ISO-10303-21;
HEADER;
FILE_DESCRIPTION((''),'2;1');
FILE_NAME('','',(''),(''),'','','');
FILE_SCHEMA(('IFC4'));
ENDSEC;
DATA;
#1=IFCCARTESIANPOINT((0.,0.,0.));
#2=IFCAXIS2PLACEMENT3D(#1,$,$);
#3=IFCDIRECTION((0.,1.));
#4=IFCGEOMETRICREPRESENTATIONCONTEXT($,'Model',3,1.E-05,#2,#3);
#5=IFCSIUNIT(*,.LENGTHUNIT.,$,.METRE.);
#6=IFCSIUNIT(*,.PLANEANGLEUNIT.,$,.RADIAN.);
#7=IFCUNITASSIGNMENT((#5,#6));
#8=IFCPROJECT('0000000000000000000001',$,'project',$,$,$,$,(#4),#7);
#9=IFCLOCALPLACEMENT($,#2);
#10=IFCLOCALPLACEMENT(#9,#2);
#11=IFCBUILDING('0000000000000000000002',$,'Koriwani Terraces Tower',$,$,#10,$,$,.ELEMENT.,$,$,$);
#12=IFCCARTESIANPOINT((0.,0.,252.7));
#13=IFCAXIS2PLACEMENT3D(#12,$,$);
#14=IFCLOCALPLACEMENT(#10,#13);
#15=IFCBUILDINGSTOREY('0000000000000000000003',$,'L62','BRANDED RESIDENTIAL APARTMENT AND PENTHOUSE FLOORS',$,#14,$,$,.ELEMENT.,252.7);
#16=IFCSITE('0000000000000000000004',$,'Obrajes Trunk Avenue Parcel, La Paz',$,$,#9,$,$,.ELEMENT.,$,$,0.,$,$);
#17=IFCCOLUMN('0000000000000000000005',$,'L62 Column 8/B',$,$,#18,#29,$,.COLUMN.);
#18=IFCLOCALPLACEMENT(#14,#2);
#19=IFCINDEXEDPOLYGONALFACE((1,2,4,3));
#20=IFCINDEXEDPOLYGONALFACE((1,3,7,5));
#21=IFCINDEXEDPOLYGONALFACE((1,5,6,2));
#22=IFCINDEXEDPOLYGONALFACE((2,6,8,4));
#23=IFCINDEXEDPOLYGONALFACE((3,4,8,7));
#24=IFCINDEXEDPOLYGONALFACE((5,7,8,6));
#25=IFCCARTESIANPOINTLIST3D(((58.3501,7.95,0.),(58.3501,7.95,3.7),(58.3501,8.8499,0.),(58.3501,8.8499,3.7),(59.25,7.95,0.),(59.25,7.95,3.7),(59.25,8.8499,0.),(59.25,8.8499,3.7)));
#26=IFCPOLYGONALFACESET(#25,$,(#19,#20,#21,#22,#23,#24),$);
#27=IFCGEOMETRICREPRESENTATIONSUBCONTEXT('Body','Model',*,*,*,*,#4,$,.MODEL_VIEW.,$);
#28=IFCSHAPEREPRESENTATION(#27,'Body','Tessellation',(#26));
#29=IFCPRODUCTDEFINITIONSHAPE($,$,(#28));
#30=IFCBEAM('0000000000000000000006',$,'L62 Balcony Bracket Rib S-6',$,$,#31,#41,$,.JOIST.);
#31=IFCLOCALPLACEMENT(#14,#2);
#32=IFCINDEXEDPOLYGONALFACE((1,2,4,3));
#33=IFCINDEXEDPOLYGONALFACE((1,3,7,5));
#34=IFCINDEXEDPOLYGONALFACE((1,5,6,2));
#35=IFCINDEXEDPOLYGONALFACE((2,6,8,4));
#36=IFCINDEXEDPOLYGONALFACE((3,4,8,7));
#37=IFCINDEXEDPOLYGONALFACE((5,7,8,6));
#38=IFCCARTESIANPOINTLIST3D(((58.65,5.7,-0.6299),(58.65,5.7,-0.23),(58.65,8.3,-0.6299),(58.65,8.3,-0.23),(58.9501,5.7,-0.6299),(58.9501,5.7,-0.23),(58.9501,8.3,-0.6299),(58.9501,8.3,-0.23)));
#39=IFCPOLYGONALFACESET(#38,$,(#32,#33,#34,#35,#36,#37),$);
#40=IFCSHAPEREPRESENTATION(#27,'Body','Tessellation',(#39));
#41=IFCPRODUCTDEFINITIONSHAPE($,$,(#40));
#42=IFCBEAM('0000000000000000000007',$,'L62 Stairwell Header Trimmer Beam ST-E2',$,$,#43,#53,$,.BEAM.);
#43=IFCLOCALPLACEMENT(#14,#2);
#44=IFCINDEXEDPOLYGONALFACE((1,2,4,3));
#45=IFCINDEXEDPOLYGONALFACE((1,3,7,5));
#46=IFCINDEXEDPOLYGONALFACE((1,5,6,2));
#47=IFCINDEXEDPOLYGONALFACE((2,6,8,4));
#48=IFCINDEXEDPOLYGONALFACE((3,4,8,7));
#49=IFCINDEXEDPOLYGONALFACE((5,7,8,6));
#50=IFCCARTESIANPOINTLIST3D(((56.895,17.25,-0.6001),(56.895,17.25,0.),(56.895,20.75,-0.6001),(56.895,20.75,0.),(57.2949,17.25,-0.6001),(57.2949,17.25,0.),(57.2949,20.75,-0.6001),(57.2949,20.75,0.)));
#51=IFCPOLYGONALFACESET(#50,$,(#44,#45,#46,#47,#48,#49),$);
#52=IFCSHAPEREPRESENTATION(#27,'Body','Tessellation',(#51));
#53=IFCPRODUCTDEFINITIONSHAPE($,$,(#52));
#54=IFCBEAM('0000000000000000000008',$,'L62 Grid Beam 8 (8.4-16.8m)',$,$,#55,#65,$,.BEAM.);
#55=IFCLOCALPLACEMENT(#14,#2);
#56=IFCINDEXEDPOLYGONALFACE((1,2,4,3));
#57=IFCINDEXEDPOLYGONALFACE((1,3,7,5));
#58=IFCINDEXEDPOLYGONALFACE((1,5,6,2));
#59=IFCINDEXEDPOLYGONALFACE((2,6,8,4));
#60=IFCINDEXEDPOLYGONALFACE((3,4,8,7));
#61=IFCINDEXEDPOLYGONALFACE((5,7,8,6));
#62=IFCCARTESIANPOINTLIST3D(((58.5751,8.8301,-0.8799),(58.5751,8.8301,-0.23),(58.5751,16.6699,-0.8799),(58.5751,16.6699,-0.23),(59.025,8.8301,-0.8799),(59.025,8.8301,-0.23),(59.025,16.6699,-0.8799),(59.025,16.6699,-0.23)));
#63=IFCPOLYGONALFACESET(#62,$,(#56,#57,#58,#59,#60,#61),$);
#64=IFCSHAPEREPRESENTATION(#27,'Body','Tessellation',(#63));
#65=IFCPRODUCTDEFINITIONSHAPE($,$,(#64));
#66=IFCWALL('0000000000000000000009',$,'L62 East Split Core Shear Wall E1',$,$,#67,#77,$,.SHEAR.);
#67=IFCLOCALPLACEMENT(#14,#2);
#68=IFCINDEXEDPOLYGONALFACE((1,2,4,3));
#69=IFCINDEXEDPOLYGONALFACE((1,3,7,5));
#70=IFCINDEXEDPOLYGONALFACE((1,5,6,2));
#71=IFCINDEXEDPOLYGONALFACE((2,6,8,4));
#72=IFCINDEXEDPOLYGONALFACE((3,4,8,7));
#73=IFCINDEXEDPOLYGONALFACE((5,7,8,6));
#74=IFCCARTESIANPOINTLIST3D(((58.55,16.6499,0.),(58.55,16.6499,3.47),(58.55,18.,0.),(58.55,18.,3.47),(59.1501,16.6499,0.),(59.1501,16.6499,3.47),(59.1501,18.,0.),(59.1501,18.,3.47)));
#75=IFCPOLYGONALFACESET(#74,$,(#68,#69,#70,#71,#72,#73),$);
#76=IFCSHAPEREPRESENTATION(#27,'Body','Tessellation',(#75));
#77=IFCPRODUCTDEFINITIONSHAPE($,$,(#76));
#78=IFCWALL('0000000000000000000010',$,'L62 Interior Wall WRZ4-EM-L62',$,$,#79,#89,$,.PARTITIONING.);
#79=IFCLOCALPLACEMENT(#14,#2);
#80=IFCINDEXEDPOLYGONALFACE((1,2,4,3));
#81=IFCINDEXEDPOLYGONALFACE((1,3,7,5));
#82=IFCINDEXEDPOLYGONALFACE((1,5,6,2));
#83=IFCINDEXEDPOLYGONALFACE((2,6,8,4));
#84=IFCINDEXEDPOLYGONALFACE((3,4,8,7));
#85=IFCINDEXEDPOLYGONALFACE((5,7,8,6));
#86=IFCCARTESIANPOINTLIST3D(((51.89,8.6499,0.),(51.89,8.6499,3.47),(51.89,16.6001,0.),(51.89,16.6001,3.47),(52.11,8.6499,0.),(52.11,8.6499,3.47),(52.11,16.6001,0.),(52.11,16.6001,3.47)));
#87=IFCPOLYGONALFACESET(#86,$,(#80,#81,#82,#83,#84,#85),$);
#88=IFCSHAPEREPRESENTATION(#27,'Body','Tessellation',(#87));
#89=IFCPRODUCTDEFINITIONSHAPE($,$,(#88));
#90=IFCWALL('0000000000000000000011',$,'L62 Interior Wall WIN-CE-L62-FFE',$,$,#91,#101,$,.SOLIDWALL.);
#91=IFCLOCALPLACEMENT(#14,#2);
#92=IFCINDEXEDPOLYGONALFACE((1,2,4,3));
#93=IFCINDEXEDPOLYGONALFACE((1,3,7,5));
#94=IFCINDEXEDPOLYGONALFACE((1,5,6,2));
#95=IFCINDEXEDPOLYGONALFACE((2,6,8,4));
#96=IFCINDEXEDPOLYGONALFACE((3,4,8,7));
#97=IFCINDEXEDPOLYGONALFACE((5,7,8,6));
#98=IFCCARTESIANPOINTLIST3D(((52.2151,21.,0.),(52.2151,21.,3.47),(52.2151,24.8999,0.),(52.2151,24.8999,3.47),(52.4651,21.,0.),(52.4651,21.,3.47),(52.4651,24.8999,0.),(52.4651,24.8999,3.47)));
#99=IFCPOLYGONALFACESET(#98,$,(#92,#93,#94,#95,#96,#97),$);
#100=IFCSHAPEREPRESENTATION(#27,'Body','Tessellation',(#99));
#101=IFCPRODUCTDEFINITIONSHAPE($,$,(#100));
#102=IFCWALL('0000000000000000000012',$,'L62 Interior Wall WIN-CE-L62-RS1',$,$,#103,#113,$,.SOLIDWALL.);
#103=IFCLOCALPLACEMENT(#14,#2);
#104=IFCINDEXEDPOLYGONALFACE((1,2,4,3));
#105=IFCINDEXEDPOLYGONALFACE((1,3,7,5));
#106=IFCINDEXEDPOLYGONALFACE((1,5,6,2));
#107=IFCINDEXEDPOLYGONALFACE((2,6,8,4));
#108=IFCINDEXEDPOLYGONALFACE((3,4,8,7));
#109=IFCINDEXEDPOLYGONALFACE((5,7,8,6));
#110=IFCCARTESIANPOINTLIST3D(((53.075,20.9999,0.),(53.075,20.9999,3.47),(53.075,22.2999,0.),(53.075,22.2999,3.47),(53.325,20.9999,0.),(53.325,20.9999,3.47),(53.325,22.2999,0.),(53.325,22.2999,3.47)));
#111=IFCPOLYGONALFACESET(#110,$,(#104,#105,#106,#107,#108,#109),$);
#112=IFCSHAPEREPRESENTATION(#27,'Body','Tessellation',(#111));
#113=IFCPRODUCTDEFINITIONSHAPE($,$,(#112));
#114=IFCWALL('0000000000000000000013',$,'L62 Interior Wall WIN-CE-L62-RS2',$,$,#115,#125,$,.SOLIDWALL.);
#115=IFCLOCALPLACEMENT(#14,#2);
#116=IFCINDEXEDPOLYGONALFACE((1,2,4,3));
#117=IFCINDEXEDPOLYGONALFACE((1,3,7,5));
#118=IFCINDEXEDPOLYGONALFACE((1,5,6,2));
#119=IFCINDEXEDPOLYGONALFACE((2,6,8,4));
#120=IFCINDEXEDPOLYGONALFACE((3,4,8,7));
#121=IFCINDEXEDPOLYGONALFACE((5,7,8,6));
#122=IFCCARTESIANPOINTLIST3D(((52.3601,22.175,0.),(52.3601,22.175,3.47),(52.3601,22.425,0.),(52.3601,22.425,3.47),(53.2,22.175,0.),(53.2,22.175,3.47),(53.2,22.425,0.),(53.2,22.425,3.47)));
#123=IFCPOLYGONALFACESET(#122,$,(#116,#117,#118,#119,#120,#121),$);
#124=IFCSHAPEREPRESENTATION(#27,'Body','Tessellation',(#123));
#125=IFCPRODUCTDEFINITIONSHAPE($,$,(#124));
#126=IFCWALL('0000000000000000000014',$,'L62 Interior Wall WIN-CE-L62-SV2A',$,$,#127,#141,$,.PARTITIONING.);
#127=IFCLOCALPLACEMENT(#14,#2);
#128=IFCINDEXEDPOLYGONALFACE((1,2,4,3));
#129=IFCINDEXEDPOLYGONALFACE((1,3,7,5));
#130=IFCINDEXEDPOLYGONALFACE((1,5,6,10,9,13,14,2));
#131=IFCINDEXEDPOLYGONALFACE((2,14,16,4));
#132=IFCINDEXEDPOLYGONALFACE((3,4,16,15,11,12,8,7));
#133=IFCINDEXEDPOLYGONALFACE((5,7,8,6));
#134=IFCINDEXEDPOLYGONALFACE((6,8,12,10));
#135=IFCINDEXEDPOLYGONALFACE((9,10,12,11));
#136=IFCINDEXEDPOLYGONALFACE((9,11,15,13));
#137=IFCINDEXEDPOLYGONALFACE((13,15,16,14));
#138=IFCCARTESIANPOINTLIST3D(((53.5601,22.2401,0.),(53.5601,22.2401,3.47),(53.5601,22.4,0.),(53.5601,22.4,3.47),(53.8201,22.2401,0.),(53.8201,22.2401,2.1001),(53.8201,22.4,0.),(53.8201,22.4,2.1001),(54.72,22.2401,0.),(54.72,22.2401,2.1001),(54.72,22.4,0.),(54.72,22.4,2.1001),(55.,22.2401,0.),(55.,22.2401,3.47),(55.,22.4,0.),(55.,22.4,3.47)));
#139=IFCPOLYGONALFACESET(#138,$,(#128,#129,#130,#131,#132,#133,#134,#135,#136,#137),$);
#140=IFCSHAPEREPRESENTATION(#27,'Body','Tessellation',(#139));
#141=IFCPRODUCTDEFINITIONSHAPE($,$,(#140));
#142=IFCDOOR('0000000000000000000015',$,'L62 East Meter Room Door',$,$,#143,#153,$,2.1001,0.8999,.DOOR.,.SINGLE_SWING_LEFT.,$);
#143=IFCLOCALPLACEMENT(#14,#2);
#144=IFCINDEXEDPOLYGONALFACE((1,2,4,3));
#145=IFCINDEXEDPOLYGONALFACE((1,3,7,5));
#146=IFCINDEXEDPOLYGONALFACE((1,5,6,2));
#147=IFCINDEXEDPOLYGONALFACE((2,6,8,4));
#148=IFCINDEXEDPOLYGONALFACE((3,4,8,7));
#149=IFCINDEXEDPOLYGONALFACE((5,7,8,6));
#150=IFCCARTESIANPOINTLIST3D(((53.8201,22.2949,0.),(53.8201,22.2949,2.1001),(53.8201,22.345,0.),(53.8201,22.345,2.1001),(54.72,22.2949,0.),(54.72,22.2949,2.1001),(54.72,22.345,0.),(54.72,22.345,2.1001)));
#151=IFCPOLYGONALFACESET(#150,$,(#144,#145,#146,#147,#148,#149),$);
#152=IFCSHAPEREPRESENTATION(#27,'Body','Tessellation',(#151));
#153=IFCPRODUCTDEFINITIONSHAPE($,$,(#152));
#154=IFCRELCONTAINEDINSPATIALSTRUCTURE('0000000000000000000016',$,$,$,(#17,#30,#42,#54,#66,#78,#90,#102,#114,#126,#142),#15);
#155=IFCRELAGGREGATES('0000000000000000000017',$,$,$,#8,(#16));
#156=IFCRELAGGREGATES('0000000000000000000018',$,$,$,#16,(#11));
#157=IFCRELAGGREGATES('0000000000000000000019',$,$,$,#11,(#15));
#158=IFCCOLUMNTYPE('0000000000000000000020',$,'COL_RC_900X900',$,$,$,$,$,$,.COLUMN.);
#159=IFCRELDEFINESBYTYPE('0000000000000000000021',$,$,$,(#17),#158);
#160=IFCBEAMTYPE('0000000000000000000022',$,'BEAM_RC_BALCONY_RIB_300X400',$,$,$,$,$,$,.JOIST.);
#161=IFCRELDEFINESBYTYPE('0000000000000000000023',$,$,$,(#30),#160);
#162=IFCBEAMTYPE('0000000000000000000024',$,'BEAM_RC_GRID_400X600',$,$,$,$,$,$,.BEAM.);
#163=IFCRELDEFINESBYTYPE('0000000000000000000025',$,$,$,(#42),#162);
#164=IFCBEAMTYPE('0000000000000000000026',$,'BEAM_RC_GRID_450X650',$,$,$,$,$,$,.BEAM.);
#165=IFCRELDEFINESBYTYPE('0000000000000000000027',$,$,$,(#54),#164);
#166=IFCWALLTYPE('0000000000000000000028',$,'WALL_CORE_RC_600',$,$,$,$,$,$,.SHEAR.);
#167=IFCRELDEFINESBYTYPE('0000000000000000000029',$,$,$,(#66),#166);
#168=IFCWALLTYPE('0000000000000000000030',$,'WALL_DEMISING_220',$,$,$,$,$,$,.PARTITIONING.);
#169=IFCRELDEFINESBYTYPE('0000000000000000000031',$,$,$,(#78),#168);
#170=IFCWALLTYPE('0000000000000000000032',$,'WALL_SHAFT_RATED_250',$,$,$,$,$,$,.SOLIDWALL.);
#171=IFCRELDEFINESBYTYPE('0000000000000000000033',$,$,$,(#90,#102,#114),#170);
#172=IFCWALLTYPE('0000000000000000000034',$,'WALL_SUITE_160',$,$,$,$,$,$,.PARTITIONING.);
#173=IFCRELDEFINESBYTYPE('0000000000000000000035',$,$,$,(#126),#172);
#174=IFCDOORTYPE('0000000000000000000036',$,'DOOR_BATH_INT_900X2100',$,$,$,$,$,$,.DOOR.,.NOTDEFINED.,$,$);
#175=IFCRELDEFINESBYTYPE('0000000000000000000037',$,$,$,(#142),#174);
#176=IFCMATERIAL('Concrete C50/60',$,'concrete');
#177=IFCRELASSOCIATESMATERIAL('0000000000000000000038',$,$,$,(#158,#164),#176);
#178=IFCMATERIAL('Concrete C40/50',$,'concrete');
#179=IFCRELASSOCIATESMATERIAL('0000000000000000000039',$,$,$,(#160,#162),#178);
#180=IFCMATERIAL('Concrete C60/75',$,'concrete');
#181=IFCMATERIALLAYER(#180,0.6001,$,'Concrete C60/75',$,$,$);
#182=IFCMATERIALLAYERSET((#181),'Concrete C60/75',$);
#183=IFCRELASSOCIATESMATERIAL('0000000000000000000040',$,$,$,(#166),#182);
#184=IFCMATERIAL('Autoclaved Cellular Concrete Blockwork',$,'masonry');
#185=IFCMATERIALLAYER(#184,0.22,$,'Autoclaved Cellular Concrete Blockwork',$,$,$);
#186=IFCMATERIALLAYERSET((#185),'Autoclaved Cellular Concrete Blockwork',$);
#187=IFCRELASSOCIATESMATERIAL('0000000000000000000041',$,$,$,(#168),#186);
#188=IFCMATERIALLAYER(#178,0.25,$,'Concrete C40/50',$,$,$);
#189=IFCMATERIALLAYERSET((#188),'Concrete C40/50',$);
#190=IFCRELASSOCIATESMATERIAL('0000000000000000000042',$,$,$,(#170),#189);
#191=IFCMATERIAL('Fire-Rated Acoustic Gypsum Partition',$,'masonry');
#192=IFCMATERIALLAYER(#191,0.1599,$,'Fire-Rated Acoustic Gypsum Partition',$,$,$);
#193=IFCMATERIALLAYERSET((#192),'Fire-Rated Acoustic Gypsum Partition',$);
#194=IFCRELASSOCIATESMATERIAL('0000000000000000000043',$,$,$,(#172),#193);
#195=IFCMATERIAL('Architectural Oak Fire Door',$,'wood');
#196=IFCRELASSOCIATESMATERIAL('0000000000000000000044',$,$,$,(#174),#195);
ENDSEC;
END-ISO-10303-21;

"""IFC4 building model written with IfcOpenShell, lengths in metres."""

from ifc_helpers import new_model, si_unit, direction, frame, frame_2d, origin, origin_2d, place, context, subcontext, project, spatial, rectangle, extrude, material, layer, layer_set, material_profile, profile_set, type_object, element, fill, save


model = new_model("IFC4")

# Units and contexts
model_context = context("Model", 3, precision=1e-05, world=origin(), true_north=direction((0.0, 1.0)))
body_context = subcontext(model_context, "Body", "Model", "MODEL_VIEW")
ifc_project = project(units=[si_unit("LENGTHUNIT", "METRE"), si_unit("PLANEANGLEUNIT", "RADIAN")], contexts=[model_context])

# Site, building, storey
site_placement = place(None, origin())
site = spatial("IfcSite", under=ifc_project, at=site_placement, Name="Obrajes Trunk Avenue Parcel, La Paz", CompositionType="ELEMENT", RefElevation=0.0)
building_placement = place(site_placement, origin())
building = spatial("IfcBuilding", under=site, at=building_placement, Name="Koriwani Terraces Tower", CompositionType="ELEMENT")
storey_placement = place(building_placement, frame((0.0, 0.0, 252.7)))
storey = spatial("IfcBuildingStorey", under=building, at=storey_placement, Name="L62", Description="BRANDED RESIDENTIAL APARTMENT AND PENTHOUSE FLOORS", CompositionType="ELEMENT", Elevation=252.7)

# Column
ifc_material_1 = material(Name="Concrete C50/60", Category="concrete")
ifc_material_profile_1 = material_profile(ifc_material_1, rectangle(XDim=0.8999, YDim=0.8999, at=origin_2d()), Name="Concrete C50/60", Category="LoadBearing")
ifc_profile_set_1 = profile_set([ifc_material_profile_1], Name="Concrete C50/60")
column_type = type_object("IfcColumnType", Name="COL_RC_900X900", PredefinedType="COLUMN", material=ifc_profile_set_1)
column_placement = place(storey_placement, frame((58.8, 8.3999, 0.0), z_axis=(0.0, 0.0, 1.0), x_axis=(1.0, 0.0, 0.0)))
element("IfcColumn", 1, at=column_placement, inside=storey, type_object=column_type, Name="L62 Column 8/B", PredefinedType="COLUMN", context=body_context, shape_type="SweptSolid", body=[
    extrude(rectangle(XDim=0.8999, YDim=0.8999, at=origin_2d()), origin(), (0.0, 0.0, 1.0), 3.7),
])

# Beams
ifc_material_2 = material(Name="Concrete C40/50", Category="concrete")
ifc_material_profile_2 = material_profile(ifc_material_2, rectangle(XDim=0.3, YDim=0.3999, at=origin_2d()), Name="Concrete C40/50", Category="LoadBearing")
ifc_profile_set_2 = profile_set([ifc_material_profile_2], Name="Concrete C40/50")
beam_type_1 = type_object("IfcBeamType", Name="BEAM_RC_BALCONY_RIB_300X400", PredefinedType="JOIST", material=ifc_profile_set_2)
beam_1_placement = place(storey_placement, frame((58.8, 5.7, -0.4299), z_axis=(0.0, 1.0, 0.0), x_axis=(-1.0, 0.0, 0.0)))
element("IfcBeam", 2, at=beam_1_placement, inside=storey, type_object=beam_type_1, Name="L62 Balcony Bracket Rib S-6", PredefinedType="JOIST", context=body_context, shape_type="SweptSolid", body=[
    extrude(rectangle(XDim=0.3, YDim=0.3999, at=origin_2d()), origin(), (0.0, 0.0, 1.0), 2.6001),
])
ifc_material_profile_3 = material_profile(ifc_material_2, rectangle(XDim=0.3999, YDim=0.6001, at=origin_2d()), Name="Concrete C40/50", Category="LoadBearing")
ifc_profile_set_3 = profile_set([ifc_material_profile_3], Name="Concrete C40/50")
beam_type_2 = type_object("IfcBeamType", Name="BEAM_RC_GRID_400X600", PredefinedType="BEAM", material=ifc_profile_set_3)
beam_2_placement = place(storey_placement, frame((57.095, 17.25, -0.3), z_axis=(0.0, 1.0, 0.0), x_axis=(-1.0, 0.0, 0.0)))
element("IfcBeam", 3, at=beam_2_placement, inside=storey, type_object=beam_type_2, Name="L62 Stairwell Header Trimmer Beam ST-E2", PredefinedType="BEAM", context=body_context, shape_type="SweptSolid", body=[
    extrude(rectangle(XDim=0.3999, YDim=0.6001, at=origin_2d()), origin(), (0.0, 0.0, 1.0), 3.5),
])
ifc_material_profile_4 = material_profile(ifc_material_1, rectangle(XDim=0.45, YDim=0.6499, at=origin_2d()), Name="Concrete C50/60", Category="LoadBearing")
ifc_profile_set_4 = profile_set([ifc_material_profile_4], Name="Concrete C50/60")
beam_type_3 = type_object("IfcBeamType", Name="BEAM_RC_GRID_450X650", PredefinedType="BEAM", material=ifc_profile_set_4)
beam_3_placement = place(storey_placement, frame((58.8, 8.8301, -0.5549), z_axis=(0.0, 1.0, 0.0), x_axis=(-1.0, 0.0, 0.0)))
element("IfcBeam", 4, at=beam_3_placement, inside=storey, type_object=beam_type_3, Name="L62 Grid Beam 8 (8.4-16.8m)", PredefinedType="BEAM", context=body_context, shape_type="SweptSolid", body=[
    extrude(rectangle(XDim=0.45, YDim=0.6499, at=origin_2d()), origin(), (0.0, 0.0, 1.0), 7.8398),
])

# Walls
ifc_material_3 = material(Name="Concrete C60/75", Category="concrete")
ifc_layer_1 = layer(ifc_material_3, 0.6001, Name="Concrete C60/75")
ifc_layer_set_1 = layer_set([ifc_layer_1], Name="Concrete C60/75")
wall_type_1 = type_object("IfcWallType", Name="WALL_CORE_RC_600", PredefinedType="SHEAR", material=ifc_layer_set_1)
wall_1_placement = place(storey_placement, frame((58.8501, 16.6499, 0.0), z_axis=(0.0, 0.0, 1.0), x_axis=(0.0, 1.0, 0.0)))
element("IfcWall", 5, at=wall_1_placement, inside=storey, type_object=wall_type_1, Name="L62 East Split Core Shear Wall E1", PredefinedType="SHEAR", context=body_context, shape_type="SweptSolid", body=[
    extrude(rectangle(XDim=1.3501, YDim=0.6001, at=frame_2d((0.675, 0.0))), origin(), (0.0, 0.0, 1.0), 3.47),
])
ifc_material_4 = material(Name="Autoclaved Cellular Concrete Blockwork", Category="masonry")
ifc_layer_2 = layer(ifc_material_4, 0.22, Name="Autoclaved Cellular Concrete Blockwork")
ifc_layer_set_2 = layer_set([ifc_layer_2], Name="Autoclaved Cellular Concrete Blockwork")
wall_type_2 = type_object("IfcWallType", Name="WALL_DEMISING_220", PredefinedType="PARTITIONING", material=ifc_layer_set_2)
wall_2_placement = place(storey_placement, frame((52.0, 8.6499, 0.0), z_axis=(0.0, 0.0, 1.0), x_axis=(0.0, 1.0, 0.0)))
element("IfcWall", 6, at=wall_2_placement, inside=storey, type_object=wall_type_2, Name="L62 Interior Wall WRZ4-EM-L62", PredefinedType="PARTITIONING", context=body_context, shape_type="SweptSolid", body=[
    extrude(rectangle(XDim=7.9502, YDim=0.22, at=frame_2d((3.9751, 0.0))), origin(), (0.0, 0.0, 1.0), 3.47),
])

# Shared definitions
ifc_layer_3 = layer(ifc_material_2, 0.25, Name="Concrete C40/50")
ifc_layer_set_3 = layer_set([ifc_layer_3], Name="Concrete C40/50")
wall_type_3 = type_object("IfcWallType", Name="WALL_SHAFT_RATED_250", PredefinedType="SOLIDWALL", material=ifc_layer_set_3)

# Wall
wall_3_placement = place(storey_placement, frame((52.3401, 21.0, 0.0), z_axis=(0.0, 0.0, 1.0), x_axis=(0.0, 1.0, 0.0)))
element("IfcWall", 7, at=wall_3_placement, inside=storey, type_object=wall_type_3, Name="L62 Interior Wall WIN-CE-L62-FFE", PredefinedType="SOLIDWALL", context=body_context, shape_type="SweptSolid", body=[
    extrude(rectangle(XDim=3.8999, YDim=0.25, at=frame_2d((1.95, 0.0))), origin(), (0.0, 0.0, 1.0), 3.47),
])

# Walls
wall_4_placement = place(storey_placement, frame((53.2, 21.0, 0.0), z_axis=(0.0, 0.0, 1.0), x_axis=(0.0, 1.0, 0.0)))
element("IfcWall", 8, at=wall_4_placement, inside=storey, type_object=wall_type_3, Name="L62 Interior Wall WIN-CE-L62-RS1", PredefinedType="SOLIDWALL", context=body_context, shape_type="SweptSolid", body=[
    extrude(rectangle(XDim=1.3, YDim=0.25, at=frame_2d((0.6499, 0.0))), origin(), (0.0, 0.0, 1.0), 3.47),
])
wall_5_placement = place(storey_placement, frame((52.3601, 22.3, 0.0), z_axis=(0.0, 0.0, 1.0), x_axis=(1.0, 0.0, 0.0)))
element("IfcWall", 9, at=wall_5_placement, inside=storey, type_object=wall_type_3, Name="L62 Interior Wall WIN-CE-L62-RS2", PredefinedType="SOLIDWALL", context=body_context, shape_type="SweptSolid", body=[
    extrude(rectangle(XDim=0.8398, YDim=0.25, at=frame_2d((0.4199, 0.0))), origin(), (0.0, 0.0, 1.0), 3.47),
])

# Wall, opening, door
ifc_material_5 = material(Name="Fire-Rated Acoustic Gypsum Partition", Category="masonry")
ifc_layer_4 = layer(ifc_material_5, 0.1599, Name="Fire-Rated Acoustic Gypsum Partition")
ifc_layer_set_4 = layer_set([ifc_layer_4], Name="Fire-Rated Acoustic Gypsum Partition")
wall_type_4 = type_object("IfcWallType", Name="WALL_SUITE_160", PredefinedType="PARTITIONING", material=ifc_layer_set_4)
wall_6_placement = place(storey_placement, frame((53.5601, 22.3201, 0.0), z_axis=(0.0, 0.0, 1.0), x_axis=(1.0, 0.0, 0.0)))
wall_6 = element("IfcWall", 10, at=wall_6_placement, inside=storey, type_object=wall_type_4, Name="L62 Interior Wall WIN-CE-L62-SV2A", PredefinedType="PARTITIONING", context=body_context, shape_type="SweptSolid", body=[
    extrude(rectangle(XDim=1.4399, YDim=0.1599, at=frame_2d((0.72, 0.0))), origin(), (0.0, 0.0, 1.0), 3.47),
])
opening_1_placement = place(wall_6_placement, frame((0.26, 0.0, 0.0)))
opening_1 = element("IfcOpeningElement", 11, at=opening_1_placement, cuts=wall_6, PredefinedType="OPENING", context=body_context, shape_type="SweptSolid", body=[
    extrude(rectangle(XDim=0.8999, YDim=2.1001, at=frame_2d((0.45, 1.05))), frame((0.0, 0.0898, 0.0), z_axis=(0.0, -1.0, 0.0), x_axis=(1.0, 0.0, 0.0)), (0.0, 0.0, 1.0), 0.1799),
])
ifc_material_6 = material(Name="Architectural Oak Fire Door", Category="wood")
door_type_1 = type_object("IfcDoorType", Name="DOOR_BATH_INT_900X2100", OperationType="NOTDEFINED", PredefinedType="DOOR", material=ifc_material_6)
door_1_placement = place(opening_1_placement, origin())
door_1 = element("IfcDoor", 12, at=door_1_placement, inside=storey, type_object=door_type_1, Name="L62 East Meter Room Door", OperationType="SINGLE_SWING_LEFT", OverallHeight=2.1001, OverallWidth=0.8999, PredefinedType="DOOR", context=body_context, shape_type="SweptSolid", body=[
    extrude(rectangle(XDim=0.8999, YDim=2.1001, at=frame_2d((0.45, 1.05))), frame((0.0, 0.0249, 0.0), z_axis=(0.0, -1.0, 0.0), x_axis=(1.0, 0.0, 0.0)), (0.0, 0.0, 1.0), 0.05),
])
fill(opening_1, door_1)

save(model, "model.ifc")
